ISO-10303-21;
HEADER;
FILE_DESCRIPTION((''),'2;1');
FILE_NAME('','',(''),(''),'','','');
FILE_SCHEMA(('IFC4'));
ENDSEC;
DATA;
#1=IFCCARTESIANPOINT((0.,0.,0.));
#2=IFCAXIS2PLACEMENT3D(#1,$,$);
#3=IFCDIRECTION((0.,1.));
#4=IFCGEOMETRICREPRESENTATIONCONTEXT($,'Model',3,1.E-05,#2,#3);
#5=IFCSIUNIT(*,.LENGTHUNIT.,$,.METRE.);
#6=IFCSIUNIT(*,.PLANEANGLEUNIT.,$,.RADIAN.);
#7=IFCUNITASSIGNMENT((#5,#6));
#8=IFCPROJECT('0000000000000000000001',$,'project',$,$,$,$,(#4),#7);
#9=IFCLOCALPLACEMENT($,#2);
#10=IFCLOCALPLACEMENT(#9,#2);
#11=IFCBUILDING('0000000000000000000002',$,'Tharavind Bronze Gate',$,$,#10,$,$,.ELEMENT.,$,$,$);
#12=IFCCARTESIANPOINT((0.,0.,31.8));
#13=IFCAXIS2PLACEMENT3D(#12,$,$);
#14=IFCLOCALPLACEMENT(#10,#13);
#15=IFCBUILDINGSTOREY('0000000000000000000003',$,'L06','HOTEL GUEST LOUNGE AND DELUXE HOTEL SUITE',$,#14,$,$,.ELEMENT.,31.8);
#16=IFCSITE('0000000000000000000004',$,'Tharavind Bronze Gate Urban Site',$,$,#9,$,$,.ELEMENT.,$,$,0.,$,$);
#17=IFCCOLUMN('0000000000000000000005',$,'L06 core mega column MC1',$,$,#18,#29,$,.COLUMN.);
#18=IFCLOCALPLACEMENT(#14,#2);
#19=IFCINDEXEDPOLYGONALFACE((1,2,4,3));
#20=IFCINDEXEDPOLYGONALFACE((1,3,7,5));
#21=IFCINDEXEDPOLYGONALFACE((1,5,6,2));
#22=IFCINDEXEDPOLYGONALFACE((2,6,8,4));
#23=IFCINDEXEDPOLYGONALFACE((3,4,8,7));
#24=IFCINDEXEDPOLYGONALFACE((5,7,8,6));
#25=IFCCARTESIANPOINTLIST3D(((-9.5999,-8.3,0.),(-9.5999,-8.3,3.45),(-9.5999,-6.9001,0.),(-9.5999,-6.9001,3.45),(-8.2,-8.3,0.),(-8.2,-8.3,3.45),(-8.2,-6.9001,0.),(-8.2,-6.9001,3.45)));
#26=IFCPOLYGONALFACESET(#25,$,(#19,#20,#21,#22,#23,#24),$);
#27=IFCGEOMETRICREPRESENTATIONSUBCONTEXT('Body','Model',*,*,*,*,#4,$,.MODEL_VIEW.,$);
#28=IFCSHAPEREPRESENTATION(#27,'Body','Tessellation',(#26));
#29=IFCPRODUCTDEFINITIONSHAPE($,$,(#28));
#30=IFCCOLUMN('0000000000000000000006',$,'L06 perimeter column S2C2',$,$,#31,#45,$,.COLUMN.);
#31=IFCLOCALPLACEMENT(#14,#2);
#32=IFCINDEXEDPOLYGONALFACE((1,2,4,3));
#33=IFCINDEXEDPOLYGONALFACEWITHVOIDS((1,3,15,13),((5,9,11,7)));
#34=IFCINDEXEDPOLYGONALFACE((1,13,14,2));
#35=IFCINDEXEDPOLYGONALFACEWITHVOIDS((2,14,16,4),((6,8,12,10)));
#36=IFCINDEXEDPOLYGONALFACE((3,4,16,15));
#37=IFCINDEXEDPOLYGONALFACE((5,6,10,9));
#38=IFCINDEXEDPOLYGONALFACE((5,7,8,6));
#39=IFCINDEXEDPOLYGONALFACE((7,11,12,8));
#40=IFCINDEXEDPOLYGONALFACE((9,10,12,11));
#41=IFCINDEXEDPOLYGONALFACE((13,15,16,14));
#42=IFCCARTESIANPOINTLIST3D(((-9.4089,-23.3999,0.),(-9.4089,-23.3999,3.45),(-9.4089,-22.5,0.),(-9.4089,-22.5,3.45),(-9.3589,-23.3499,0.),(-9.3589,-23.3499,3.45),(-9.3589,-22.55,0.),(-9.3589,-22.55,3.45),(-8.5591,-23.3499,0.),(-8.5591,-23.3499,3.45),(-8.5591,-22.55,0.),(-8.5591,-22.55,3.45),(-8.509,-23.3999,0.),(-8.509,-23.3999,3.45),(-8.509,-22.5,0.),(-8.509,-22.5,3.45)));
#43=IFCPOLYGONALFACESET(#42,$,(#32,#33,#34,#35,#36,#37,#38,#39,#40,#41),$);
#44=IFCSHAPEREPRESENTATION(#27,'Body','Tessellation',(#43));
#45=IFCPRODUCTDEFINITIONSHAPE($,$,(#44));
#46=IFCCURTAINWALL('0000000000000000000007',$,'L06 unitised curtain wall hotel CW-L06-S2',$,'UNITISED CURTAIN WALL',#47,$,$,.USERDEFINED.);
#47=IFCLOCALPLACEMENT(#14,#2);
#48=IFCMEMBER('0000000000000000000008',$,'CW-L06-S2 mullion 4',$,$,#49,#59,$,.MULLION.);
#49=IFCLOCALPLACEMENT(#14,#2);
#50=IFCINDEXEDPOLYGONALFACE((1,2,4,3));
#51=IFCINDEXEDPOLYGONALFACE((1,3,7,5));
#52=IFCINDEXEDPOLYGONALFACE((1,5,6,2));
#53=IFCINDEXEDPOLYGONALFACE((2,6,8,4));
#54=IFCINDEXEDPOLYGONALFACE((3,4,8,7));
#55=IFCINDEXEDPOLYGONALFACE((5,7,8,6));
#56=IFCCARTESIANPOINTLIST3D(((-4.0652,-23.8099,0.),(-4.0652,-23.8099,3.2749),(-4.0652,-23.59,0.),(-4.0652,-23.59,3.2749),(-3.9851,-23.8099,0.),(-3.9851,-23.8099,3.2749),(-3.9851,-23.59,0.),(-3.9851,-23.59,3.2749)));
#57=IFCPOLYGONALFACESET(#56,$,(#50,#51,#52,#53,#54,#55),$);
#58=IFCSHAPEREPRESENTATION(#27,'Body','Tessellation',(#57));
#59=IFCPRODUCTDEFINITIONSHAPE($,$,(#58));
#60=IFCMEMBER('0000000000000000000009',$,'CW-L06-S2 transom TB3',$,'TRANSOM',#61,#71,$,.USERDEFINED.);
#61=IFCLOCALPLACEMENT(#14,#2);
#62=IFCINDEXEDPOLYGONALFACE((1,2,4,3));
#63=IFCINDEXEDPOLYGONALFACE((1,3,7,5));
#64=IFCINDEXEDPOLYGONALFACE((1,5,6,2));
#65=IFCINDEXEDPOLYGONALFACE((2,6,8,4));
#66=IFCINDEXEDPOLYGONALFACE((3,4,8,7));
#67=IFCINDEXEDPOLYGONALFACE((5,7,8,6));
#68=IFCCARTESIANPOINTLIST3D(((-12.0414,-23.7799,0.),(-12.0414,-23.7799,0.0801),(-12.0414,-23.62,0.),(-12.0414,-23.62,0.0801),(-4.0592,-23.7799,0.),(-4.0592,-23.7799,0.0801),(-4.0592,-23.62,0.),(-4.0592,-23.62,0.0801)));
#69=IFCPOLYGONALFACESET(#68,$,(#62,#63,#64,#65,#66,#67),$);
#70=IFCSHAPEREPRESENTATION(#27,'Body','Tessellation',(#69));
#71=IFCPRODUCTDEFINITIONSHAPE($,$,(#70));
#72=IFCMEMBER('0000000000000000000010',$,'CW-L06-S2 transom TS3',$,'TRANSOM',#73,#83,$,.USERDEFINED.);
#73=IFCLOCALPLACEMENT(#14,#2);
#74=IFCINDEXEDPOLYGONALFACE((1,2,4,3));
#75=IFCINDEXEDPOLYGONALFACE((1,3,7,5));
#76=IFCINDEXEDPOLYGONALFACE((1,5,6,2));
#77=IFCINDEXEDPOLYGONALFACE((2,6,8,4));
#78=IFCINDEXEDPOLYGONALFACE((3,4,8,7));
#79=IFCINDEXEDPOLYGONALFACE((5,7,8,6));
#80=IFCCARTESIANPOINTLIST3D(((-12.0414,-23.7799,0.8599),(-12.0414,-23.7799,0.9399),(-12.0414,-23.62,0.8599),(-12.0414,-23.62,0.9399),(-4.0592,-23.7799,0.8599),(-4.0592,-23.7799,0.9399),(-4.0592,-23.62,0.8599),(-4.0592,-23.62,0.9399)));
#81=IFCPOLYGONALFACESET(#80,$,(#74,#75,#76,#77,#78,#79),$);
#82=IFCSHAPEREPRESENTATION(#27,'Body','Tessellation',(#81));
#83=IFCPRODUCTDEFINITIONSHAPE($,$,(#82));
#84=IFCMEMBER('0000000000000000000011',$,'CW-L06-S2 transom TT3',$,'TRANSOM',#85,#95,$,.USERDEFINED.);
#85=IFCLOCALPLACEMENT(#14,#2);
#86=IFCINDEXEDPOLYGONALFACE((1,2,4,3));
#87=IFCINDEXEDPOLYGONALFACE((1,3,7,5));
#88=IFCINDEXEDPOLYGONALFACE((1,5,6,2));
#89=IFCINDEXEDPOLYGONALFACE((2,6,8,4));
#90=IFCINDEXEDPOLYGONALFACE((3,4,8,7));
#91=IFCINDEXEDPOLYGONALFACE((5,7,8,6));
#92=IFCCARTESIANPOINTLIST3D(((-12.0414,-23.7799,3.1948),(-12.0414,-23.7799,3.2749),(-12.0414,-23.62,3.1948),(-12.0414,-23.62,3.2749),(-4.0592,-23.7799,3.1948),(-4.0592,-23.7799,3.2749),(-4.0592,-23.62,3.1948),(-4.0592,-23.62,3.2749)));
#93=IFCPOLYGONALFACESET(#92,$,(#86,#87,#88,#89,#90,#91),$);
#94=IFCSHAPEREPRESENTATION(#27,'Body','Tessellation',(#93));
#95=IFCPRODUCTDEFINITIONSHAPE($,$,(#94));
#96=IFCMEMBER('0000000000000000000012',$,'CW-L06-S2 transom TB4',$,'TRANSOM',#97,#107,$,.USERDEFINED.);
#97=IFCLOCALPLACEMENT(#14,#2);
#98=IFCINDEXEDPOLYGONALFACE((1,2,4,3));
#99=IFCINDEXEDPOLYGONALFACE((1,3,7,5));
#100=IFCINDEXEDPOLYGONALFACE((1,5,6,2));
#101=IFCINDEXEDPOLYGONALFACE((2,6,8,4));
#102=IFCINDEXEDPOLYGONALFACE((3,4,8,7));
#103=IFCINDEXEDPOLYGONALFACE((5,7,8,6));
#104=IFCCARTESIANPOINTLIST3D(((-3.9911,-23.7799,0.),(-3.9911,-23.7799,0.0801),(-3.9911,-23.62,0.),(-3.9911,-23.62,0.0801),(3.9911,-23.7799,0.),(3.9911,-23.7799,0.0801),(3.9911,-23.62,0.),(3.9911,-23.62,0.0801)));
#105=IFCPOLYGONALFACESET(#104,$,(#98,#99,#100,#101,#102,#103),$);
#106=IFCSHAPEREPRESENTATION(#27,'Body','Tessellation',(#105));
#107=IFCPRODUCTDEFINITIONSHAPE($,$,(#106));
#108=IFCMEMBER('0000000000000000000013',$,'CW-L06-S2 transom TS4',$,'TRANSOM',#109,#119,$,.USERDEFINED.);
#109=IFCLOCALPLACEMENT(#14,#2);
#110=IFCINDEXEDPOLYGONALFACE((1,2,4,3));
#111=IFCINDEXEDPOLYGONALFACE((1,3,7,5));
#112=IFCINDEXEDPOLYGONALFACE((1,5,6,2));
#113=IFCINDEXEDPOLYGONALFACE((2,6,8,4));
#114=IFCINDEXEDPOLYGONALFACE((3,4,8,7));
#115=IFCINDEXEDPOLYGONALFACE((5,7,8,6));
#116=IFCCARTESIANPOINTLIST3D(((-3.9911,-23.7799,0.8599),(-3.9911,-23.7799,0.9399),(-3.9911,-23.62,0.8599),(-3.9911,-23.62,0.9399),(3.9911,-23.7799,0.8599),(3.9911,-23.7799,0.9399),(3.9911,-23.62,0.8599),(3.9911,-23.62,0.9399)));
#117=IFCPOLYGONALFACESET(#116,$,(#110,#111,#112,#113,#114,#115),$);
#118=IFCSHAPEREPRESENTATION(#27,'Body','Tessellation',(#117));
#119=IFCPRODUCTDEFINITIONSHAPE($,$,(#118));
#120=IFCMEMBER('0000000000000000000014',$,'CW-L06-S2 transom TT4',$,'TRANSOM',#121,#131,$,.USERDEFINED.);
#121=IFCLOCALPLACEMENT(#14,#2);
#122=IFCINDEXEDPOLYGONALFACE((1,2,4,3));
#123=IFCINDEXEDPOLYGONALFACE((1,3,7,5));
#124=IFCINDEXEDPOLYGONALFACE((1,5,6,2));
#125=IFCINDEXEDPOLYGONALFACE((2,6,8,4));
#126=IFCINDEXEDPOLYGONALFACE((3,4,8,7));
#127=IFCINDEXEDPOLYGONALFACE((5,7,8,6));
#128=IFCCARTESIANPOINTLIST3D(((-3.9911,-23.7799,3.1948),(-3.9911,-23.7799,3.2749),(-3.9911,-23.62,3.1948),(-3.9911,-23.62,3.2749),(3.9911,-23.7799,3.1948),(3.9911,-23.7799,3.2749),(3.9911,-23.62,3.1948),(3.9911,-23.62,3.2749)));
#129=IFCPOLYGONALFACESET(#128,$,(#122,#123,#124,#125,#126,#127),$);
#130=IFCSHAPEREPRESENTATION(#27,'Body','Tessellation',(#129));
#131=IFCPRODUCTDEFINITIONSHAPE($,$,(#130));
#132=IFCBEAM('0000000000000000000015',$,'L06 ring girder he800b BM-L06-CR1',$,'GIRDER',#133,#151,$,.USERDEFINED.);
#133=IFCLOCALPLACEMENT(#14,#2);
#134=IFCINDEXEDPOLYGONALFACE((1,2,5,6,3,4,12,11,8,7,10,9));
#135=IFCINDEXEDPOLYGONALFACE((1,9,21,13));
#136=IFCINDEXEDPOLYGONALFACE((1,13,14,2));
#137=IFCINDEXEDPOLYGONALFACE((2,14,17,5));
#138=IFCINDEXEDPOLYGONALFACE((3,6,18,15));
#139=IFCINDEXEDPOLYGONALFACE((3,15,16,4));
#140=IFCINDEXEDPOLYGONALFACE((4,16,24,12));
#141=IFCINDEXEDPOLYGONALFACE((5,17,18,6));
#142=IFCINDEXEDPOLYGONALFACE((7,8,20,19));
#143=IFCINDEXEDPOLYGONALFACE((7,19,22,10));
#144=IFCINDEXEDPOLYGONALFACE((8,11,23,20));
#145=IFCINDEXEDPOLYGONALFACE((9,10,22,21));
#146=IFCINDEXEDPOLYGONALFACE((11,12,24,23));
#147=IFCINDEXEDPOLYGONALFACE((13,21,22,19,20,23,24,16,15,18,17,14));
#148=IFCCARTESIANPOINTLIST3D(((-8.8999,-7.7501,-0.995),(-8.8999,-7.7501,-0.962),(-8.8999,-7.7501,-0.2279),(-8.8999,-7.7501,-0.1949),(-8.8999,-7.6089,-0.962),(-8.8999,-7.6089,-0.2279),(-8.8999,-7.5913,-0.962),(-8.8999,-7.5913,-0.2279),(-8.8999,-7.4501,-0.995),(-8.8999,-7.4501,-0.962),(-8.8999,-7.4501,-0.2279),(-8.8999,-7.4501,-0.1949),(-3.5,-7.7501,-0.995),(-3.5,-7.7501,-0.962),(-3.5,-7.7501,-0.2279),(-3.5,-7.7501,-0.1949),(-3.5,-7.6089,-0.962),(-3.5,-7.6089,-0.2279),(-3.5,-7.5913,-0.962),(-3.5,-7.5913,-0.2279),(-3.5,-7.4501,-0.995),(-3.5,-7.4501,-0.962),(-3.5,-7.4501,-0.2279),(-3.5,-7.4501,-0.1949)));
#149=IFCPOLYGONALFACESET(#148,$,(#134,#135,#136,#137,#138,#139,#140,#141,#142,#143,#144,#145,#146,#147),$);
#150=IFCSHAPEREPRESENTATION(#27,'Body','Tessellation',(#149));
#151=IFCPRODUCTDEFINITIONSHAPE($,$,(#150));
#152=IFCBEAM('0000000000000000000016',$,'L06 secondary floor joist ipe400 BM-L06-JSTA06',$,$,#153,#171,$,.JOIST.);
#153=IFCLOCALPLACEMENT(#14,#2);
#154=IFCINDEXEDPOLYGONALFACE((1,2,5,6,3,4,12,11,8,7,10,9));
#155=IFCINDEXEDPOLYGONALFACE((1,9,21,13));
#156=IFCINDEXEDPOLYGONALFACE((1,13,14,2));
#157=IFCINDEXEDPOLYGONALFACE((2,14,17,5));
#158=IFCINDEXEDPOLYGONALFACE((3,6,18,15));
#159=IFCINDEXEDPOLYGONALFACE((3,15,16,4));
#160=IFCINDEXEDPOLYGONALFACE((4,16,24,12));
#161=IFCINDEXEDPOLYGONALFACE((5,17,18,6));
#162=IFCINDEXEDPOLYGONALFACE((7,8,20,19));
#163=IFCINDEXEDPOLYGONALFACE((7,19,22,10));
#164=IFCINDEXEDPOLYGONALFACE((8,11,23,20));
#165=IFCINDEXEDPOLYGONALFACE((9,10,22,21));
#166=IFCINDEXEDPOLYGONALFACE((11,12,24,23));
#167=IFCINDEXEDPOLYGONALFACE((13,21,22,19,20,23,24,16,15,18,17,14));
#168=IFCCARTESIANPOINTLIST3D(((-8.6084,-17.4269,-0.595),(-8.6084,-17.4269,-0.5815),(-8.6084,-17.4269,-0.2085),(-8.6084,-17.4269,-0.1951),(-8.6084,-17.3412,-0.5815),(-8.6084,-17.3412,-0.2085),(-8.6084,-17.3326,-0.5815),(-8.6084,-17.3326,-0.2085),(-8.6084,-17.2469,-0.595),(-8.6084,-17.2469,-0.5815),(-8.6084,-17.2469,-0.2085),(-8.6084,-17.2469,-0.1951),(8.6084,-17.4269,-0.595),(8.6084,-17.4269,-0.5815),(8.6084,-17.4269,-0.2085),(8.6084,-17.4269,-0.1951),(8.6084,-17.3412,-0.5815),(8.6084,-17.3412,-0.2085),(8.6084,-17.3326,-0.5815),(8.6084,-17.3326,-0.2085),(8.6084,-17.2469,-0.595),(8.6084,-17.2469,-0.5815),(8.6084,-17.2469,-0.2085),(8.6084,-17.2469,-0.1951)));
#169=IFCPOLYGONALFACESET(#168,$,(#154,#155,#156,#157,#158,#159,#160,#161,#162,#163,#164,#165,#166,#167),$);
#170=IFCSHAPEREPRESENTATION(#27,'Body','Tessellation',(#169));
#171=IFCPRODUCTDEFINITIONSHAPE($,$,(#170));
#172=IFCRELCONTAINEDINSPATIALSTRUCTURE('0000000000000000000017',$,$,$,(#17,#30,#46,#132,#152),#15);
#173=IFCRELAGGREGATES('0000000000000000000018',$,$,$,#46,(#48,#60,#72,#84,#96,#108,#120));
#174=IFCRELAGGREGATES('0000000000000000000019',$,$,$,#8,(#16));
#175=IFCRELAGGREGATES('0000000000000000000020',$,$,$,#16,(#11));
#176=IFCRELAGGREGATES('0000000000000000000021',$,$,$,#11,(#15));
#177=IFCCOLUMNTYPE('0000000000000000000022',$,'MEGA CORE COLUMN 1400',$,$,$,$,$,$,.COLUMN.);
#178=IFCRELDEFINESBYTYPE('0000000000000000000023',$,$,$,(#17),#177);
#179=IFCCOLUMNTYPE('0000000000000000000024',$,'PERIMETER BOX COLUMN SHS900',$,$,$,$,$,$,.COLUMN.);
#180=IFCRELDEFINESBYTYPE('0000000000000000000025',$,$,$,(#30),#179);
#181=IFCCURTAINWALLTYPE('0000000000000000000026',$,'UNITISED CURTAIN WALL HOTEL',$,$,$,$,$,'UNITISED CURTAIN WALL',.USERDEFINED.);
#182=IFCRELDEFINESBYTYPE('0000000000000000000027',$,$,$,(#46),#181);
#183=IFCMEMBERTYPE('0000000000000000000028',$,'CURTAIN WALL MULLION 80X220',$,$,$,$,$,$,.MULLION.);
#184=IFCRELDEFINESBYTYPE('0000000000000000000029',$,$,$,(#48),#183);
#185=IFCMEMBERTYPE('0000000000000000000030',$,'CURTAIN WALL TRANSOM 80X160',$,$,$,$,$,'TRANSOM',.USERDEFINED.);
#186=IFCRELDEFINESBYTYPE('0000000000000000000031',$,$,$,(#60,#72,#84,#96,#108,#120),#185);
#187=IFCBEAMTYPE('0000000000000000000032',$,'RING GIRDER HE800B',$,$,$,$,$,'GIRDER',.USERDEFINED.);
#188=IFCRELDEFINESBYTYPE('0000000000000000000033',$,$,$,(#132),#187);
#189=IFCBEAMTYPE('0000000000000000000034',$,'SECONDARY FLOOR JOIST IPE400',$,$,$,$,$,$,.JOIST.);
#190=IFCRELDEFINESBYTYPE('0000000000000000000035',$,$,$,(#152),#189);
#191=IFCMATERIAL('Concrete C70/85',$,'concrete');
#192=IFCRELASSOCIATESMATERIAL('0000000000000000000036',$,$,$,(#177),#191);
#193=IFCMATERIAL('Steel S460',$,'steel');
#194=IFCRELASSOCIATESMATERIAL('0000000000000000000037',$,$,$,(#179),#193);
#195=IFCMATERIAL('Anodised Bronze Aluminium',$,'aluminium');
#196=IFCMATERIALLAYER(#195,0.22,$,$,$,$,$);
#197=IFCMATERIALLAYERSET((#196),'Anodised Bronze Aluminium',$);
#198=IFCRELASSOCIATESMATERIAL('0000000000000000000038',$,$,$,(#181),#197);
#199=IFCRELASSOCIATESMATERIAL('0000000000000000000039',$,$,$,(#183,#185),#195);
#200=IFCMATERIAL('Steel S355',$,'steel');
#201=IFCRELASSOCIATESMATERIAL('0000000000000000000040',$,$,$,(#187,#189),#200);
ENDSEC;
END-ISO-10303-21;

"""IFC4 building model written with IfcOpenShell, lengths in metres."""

from ifc_helpers import new_model, si_unit, direction, frame, origin, origin_2d, place, context, subcontext, project, spatial, rectangle, hollow_rectangle, i_section, extrude, material, layer, layer_set, material_profile, profile_set, type_object, element, aggregate, save


model = new_model("IFC4")

# Units and contexts
model_context = context("Model", 3, precision=1e-05, world=origin(), true_north=direction((0.0, 1.0)))
body_context = subcontext(model_context, "Body", "Model", "MODEL_VIEW")
ifc_project = project(units=[si_unit("LENGTHUNIT", "METRE"), si_unit("PLANEANGLEUNIT", "RADIAN")], contexts=[model_context])

# Site, building, storey
site_placement = place(None, origin())
site = spatial("IfcSite", under=ifc_project, at=site_placement, Name="Tharavind Bronze Gate Urban Site", CompositionType="ELEMENT", RefElevation=0.0)
building_placement = place(site_placement, origin())
building = spatial("IfcBuilding", under=site, at=building_placement, Name="Tharavind Bronze Gate", CompositionType="ELEMENT")
storey_placement = place(building_placement, frame((0.0, 0.0, 31.8)))
storey = spatial("IfcBuildingStorey", under=building, at=storey_placement, Name="L06", Description="HOTEL GUEST LOUNGE AND DELUXE HOTEL SUITE", CompositionType="ELEMENT", Elevation=31.8)

# Columns
ifc_material_1 = material(Name="Concrete C70/85", Category="concrete")
ifc_material_profile_1 = material_profile(ifc_material_1, rectangle(XDim=1.3999, YDim=1.3999, at=origin_2d()), Name="RCCOL1400")
ifc_profile_set_1 = profile_set([ifc_material_profile_1], Name="Concrete C70/85")
column_type_1 = type_object("IfcColumnType", Name="MEGA CORE COLUMN 1400", PredefinedType="COLUMN", material=ifc_profile_set_1)
column_1_placement = place(storey_placement, frame((-8.8999, -7.6001, 0.0), z_axis=(0.0, 0.0, 1.0), x_axis=(1.0, 0.0, 0.0)))
element("IfcColumn", 1, at=column_1_placement, inside=storey, type_object=column_type_1, Name="L06 core mega column MC1", PredefinedType="COLUMN", context=body_context, shape_type="SweptSolid", body=[
    extrude(rectangle(XDim=1.3999, YDim=1.3999, at=origin_2d()), origin(), (0.0, 0.0, 1.0), 3.45),
])
ifc_material_2 = material(Name="Steel S460", Category="steel")
ifc_material_profile_2 = material_profile(ifc_material_2, hollow_rectangle(XDim=0.8999, YDim=0.8999, WallThickness=0.05, at=origin_2d()), Name="SHS900X50")
ifc_profile_set_2 = profile_set([ifc_material_profile_2], Name="Steel S460")
column_type_2 = type_object("IfcColumnType", Name="PERIMETER BOX COLUMN SHS900", PredefinedType="COLUMN", material=ifc_profile_set_2)
column_2_placement = place(storey_placement, frame((-8.959, -22.95, 0.0), z_axis=(0.0, 0.0, 1.0), x_axis=(1.0, 0.0, 0.0)))
element("IfcColumn", 2, at=column_2_placement, inside=storey, type_object=column_type_2, Name="L06 perimeter column S2C2", PredefinedType="COLUMN", context=body_context, shape_type="SweptSolid", body=[
    extrude(hollow_rectangle(XDim=0.8999, YDim=0.8999, WallThickness=0.05, at=origin_2d()), origin(), (0.0, 0.0, 1.0), 3.45),
])

# Curtain wall, members
ifc_material_3 = material(Name="Anodised Bronze Aluminium", Category="aluminium")
ifc_layer_1 = layer(ifc_material_3, 0.22)
ifc_layer_set_1 = layer_set([ifc_layer_1], Name="Anodised Bronze Aluminium")
curtain_wall_type = type_object("IfcCurtainWallType", Name="UNITISED CURTAIN WALL HOTEL", ElementType="UNITISED CURTAIN WALL", PredefinedType="USERDEFINED", material=ifc_layer_set_1)
curtain_wall_placement = place(storey_placement, origin())
curtain_wall = element("IfcCurtainWall", 3, at=curtain_wall_placement, inside=storey, type_object=curtain_wall_type, Name="L06 unitised curtain wall hotel CW-L06-S2", ObjectType="UNITISED CURTAIN WALL", PredefinedType="USERDEFINED")
member_type_1 = type_object("IfcMemberType", Name="CURTAIN WALL MULLION 80X220", PredefinedType="MULLION", material=ifc_material_3)
member_1_placement = place(storey_placement, frame((-4.0251, -23.7, 0.0), z_axis=(0.0, 0.0, 1.0), x_axis=(1.0, 0.0, 0.0)))
member_1 = element("IfcMember", 4, at=member_1_placement, type_object=member_type_1, Name="CW-L06-S2 mullion 4", PredefinedType="MULLION", context=body_context, shape_type="SweptSolid", body=[
    extrude(rectangle(XDim=0.0801, YDim=0.22, at=origin_2d()), origin(), (0.0, 0.0, 1.0), 3.2749),
])
member_type_2 = type_object("IfcMemberType", Name="CURTAIN WALL TRANSOM 80X160", ElementType="TRANSOM", PredefinedType="USERDEFINED", material=ifc_material_3)
member_2_placement = place(storey_placement, frame((-8.0503, -23.7, 0.0), z_axis=(0.0, 0.0, 1.0), x_axis=(1.0, 0.0, 0.0)))
member_2 = element("IfcMember", 5, at=member_2_placement, type_object=member_type_2, Name="CW-L06-S2 transom TB3", ObjectType="TRANSOM", PredefinedType="USERDEFINED", context=body_context, shape_type="SweptSolid", body=[
    extrude(rectangle(XDim=7.9822, YDim=0.1599, at=origin_2d()), origin(), (0.0, 0.0, 1.0), 0.0801),
])
member_3_placement = place(storey_placement, frame((-8.0503, -23.7, 0.8599), z_axis=(0.0, 0.0, 1.0), x_axis=(1.0, 0.0, 0.0)))
member_3 = element("IfcMember", 6, at=member_3_placement, type_object=member_type_2, Name="CW-L06-S2 transom TS3", ObjectType="TRANSOM", PredefinedType="USERDEFINED", context=body_context, shape_type="SweptSolid", body=[
    extrude(rectangle(XDim=7.9822, YDim=0.1599, at=origin_2d()), origin(), (0.0, 0.0, 1.0), 0.0801),
])
member_4_placement = place(storey_placement, frame((-8.0503, -23.7, 3.1948), z_axis=(0.0, 0.0, 1.0), x_axis=(1.0, 0.0, 0.0)))
member_4 = element("IfcMember", 7, at=member_4_placement, type_object=member_type_2, Name="CW-L06-S2 transom TT3", ObjectType="TRANSOM", PredefinedType="USERDEFINED", context=body_context, shape_type="SweptSolid", body=[
    extrude(rectangle(XDim=7.9822, YDim=0.1599, at=origin_2d()), origin(), (0.0, 0.0, 1.0), 0.0801),
])
member_5_placement = place(storey_placement, frame((0.0, -23.7, 0.0), z_axis=(0.0, 0.0, 1.0), x_axis=(1.0, 0.0, 0.0)))
member_5 = element("IfcMember", 8, at=member_5_placement, type_object=member_type_2, Name="CW-L06-S2 transom TB4", ObjectType="TRANSOM", PredefinedType="USERDEFINED", context=body_context, shape_type="SweptSolid", body=[
    extrude(rectangle(XDim=7.9822, YDim=0.1599, at=origin_2d()), origin(), (0.0, 0.0, 1.0), 0.0801),
])
member_6_placement = place(storey_placement, frame((0.0, -23.7, 0.8599), z_axis=(0.0, 0.0, 1.0), x_axis=(1.0, 0.0, 0.0)))
member_6 = element("IfcMember", 9, at=member_6_placement, type_object=member_type_2, Name="CW-L06-S2 transom TS4", ObjectType="TRANSOM", PredefinedType="USERDEFINED", context=body_context, shape_type="SweptSolid", body=[
    extrude(rectangle(XDim=7.9822, YDim=0.1599, at=origin_2d()), origin(), (0.0, 0.0, 1.0), 0.0801),
])
member_7_placement = place(storey_placement, frame((0.0, -23.7, 3.1948), z_axis=(0.0, 0.0, 1.0), x_axis=(1.0, 0.0, 0.0)))
member_7 = element("IfcMember", 10, at=member_7_placement, type_object=member_type_2, Name="CW-L06-S2 transom TT4", ObjectType="TRANSOM", PredefinedType="USERDEFINED", context=body_context, shape_type="SweptSolid", body=[
    extrude(rectangle(XDim=7.9822, YDim=0.1599, at=origin_2d()), origin(), (0.0, 0.0, 1.0), 0.0801),
])

# Beams
ifc_material_4 = material(Name="Steel S355", Category="steel")
ifc_material_profile_3 = material_profile(ifc_material_4, i_section(OverallWidth=0.3, OverallDepth=0.8, WebThickness=0.0176, FlangeThickness=0.033, at=origin_2d()), Name="HE800B")
ifc_profile_set_3 = profile_set([ifc_material_profile_3], Name="Steel S355")
beam_type_1 = type_object("IfcBeamType", Name="RING GIRDER HE800B", ElementType="GIRDER", PredefinedType="USERDEFINED", material=ifc_profile_set_3)
beam_1_placement = place(storey_placement, frame((-8.8999, -7.6001, -0.595), z_axis=(1.0, 0.0, 0.0), x_axis=(0.0, 1.0, 0.0)))
element("IfcBeam", 11, at=beam_1_placement, inside=storey, type_object=beam_type_1, Name="L06 ring girder he800b BM-L06-CR1", ObjectType="GIRDER", PredefinedType="USERDEFINED", context=body_context, shape_type="SweptSolid", body=[
    extrude(i_section(OverallWidth=0.3, OverallDepth=0.8, WebThickness=0.0176, FlangeThickness=0.033, at=origin_2d()), origin(), (0.0, 0.0, 1.0), 5.3999),
])
ifc_material_profile_4 = material_profile(ifc_material_4, i_section(OverallWidth=0.1799, OverallDepth=0.3999, WebThickness=0.0085, FlangeThickness=0.0134, at=origin_2d()), Name="IPE400")
ifc_profile_set_4 = profile_set([ifc_material_profile_4], Name="Steel S355")
beam_type_2 = type_object("IfcBeamType", Name="SECONDARY FLOOR JOIST IPE400", PredefinedType="JOIST", material=ifc_profile_set_4)
beam_2_placement = place(storey_placement, frame((-8.6084, -17.3369, -0.395), z_axis=(1.0, 0.0, 0.0), x_axis=(0.0, 1.0, 0.0)))
element("IfcBeam", 12, at=beam_2_placement, inside=storey, type_object=beam_type_2, Name="L06 secondary floor joist ipe400 BM-L06-JSTA06", PredefinedType="JOIST", context=body_context, shape_type="SweptSolid", body=[
    extrude(i_section(OverallWidth=0.1799, OverallDepth=0.3999, WebThickness=0.0085, FlangeThickness=0.0134, at=origin_2d()), origin(), (0.0, 0.0, 1.0), 17.2168),
])

aggregate(curtain_wall, [member_1, member_2, member_3, member_4, member_5, member_6, member_7])

save(model, "model.ifc")
